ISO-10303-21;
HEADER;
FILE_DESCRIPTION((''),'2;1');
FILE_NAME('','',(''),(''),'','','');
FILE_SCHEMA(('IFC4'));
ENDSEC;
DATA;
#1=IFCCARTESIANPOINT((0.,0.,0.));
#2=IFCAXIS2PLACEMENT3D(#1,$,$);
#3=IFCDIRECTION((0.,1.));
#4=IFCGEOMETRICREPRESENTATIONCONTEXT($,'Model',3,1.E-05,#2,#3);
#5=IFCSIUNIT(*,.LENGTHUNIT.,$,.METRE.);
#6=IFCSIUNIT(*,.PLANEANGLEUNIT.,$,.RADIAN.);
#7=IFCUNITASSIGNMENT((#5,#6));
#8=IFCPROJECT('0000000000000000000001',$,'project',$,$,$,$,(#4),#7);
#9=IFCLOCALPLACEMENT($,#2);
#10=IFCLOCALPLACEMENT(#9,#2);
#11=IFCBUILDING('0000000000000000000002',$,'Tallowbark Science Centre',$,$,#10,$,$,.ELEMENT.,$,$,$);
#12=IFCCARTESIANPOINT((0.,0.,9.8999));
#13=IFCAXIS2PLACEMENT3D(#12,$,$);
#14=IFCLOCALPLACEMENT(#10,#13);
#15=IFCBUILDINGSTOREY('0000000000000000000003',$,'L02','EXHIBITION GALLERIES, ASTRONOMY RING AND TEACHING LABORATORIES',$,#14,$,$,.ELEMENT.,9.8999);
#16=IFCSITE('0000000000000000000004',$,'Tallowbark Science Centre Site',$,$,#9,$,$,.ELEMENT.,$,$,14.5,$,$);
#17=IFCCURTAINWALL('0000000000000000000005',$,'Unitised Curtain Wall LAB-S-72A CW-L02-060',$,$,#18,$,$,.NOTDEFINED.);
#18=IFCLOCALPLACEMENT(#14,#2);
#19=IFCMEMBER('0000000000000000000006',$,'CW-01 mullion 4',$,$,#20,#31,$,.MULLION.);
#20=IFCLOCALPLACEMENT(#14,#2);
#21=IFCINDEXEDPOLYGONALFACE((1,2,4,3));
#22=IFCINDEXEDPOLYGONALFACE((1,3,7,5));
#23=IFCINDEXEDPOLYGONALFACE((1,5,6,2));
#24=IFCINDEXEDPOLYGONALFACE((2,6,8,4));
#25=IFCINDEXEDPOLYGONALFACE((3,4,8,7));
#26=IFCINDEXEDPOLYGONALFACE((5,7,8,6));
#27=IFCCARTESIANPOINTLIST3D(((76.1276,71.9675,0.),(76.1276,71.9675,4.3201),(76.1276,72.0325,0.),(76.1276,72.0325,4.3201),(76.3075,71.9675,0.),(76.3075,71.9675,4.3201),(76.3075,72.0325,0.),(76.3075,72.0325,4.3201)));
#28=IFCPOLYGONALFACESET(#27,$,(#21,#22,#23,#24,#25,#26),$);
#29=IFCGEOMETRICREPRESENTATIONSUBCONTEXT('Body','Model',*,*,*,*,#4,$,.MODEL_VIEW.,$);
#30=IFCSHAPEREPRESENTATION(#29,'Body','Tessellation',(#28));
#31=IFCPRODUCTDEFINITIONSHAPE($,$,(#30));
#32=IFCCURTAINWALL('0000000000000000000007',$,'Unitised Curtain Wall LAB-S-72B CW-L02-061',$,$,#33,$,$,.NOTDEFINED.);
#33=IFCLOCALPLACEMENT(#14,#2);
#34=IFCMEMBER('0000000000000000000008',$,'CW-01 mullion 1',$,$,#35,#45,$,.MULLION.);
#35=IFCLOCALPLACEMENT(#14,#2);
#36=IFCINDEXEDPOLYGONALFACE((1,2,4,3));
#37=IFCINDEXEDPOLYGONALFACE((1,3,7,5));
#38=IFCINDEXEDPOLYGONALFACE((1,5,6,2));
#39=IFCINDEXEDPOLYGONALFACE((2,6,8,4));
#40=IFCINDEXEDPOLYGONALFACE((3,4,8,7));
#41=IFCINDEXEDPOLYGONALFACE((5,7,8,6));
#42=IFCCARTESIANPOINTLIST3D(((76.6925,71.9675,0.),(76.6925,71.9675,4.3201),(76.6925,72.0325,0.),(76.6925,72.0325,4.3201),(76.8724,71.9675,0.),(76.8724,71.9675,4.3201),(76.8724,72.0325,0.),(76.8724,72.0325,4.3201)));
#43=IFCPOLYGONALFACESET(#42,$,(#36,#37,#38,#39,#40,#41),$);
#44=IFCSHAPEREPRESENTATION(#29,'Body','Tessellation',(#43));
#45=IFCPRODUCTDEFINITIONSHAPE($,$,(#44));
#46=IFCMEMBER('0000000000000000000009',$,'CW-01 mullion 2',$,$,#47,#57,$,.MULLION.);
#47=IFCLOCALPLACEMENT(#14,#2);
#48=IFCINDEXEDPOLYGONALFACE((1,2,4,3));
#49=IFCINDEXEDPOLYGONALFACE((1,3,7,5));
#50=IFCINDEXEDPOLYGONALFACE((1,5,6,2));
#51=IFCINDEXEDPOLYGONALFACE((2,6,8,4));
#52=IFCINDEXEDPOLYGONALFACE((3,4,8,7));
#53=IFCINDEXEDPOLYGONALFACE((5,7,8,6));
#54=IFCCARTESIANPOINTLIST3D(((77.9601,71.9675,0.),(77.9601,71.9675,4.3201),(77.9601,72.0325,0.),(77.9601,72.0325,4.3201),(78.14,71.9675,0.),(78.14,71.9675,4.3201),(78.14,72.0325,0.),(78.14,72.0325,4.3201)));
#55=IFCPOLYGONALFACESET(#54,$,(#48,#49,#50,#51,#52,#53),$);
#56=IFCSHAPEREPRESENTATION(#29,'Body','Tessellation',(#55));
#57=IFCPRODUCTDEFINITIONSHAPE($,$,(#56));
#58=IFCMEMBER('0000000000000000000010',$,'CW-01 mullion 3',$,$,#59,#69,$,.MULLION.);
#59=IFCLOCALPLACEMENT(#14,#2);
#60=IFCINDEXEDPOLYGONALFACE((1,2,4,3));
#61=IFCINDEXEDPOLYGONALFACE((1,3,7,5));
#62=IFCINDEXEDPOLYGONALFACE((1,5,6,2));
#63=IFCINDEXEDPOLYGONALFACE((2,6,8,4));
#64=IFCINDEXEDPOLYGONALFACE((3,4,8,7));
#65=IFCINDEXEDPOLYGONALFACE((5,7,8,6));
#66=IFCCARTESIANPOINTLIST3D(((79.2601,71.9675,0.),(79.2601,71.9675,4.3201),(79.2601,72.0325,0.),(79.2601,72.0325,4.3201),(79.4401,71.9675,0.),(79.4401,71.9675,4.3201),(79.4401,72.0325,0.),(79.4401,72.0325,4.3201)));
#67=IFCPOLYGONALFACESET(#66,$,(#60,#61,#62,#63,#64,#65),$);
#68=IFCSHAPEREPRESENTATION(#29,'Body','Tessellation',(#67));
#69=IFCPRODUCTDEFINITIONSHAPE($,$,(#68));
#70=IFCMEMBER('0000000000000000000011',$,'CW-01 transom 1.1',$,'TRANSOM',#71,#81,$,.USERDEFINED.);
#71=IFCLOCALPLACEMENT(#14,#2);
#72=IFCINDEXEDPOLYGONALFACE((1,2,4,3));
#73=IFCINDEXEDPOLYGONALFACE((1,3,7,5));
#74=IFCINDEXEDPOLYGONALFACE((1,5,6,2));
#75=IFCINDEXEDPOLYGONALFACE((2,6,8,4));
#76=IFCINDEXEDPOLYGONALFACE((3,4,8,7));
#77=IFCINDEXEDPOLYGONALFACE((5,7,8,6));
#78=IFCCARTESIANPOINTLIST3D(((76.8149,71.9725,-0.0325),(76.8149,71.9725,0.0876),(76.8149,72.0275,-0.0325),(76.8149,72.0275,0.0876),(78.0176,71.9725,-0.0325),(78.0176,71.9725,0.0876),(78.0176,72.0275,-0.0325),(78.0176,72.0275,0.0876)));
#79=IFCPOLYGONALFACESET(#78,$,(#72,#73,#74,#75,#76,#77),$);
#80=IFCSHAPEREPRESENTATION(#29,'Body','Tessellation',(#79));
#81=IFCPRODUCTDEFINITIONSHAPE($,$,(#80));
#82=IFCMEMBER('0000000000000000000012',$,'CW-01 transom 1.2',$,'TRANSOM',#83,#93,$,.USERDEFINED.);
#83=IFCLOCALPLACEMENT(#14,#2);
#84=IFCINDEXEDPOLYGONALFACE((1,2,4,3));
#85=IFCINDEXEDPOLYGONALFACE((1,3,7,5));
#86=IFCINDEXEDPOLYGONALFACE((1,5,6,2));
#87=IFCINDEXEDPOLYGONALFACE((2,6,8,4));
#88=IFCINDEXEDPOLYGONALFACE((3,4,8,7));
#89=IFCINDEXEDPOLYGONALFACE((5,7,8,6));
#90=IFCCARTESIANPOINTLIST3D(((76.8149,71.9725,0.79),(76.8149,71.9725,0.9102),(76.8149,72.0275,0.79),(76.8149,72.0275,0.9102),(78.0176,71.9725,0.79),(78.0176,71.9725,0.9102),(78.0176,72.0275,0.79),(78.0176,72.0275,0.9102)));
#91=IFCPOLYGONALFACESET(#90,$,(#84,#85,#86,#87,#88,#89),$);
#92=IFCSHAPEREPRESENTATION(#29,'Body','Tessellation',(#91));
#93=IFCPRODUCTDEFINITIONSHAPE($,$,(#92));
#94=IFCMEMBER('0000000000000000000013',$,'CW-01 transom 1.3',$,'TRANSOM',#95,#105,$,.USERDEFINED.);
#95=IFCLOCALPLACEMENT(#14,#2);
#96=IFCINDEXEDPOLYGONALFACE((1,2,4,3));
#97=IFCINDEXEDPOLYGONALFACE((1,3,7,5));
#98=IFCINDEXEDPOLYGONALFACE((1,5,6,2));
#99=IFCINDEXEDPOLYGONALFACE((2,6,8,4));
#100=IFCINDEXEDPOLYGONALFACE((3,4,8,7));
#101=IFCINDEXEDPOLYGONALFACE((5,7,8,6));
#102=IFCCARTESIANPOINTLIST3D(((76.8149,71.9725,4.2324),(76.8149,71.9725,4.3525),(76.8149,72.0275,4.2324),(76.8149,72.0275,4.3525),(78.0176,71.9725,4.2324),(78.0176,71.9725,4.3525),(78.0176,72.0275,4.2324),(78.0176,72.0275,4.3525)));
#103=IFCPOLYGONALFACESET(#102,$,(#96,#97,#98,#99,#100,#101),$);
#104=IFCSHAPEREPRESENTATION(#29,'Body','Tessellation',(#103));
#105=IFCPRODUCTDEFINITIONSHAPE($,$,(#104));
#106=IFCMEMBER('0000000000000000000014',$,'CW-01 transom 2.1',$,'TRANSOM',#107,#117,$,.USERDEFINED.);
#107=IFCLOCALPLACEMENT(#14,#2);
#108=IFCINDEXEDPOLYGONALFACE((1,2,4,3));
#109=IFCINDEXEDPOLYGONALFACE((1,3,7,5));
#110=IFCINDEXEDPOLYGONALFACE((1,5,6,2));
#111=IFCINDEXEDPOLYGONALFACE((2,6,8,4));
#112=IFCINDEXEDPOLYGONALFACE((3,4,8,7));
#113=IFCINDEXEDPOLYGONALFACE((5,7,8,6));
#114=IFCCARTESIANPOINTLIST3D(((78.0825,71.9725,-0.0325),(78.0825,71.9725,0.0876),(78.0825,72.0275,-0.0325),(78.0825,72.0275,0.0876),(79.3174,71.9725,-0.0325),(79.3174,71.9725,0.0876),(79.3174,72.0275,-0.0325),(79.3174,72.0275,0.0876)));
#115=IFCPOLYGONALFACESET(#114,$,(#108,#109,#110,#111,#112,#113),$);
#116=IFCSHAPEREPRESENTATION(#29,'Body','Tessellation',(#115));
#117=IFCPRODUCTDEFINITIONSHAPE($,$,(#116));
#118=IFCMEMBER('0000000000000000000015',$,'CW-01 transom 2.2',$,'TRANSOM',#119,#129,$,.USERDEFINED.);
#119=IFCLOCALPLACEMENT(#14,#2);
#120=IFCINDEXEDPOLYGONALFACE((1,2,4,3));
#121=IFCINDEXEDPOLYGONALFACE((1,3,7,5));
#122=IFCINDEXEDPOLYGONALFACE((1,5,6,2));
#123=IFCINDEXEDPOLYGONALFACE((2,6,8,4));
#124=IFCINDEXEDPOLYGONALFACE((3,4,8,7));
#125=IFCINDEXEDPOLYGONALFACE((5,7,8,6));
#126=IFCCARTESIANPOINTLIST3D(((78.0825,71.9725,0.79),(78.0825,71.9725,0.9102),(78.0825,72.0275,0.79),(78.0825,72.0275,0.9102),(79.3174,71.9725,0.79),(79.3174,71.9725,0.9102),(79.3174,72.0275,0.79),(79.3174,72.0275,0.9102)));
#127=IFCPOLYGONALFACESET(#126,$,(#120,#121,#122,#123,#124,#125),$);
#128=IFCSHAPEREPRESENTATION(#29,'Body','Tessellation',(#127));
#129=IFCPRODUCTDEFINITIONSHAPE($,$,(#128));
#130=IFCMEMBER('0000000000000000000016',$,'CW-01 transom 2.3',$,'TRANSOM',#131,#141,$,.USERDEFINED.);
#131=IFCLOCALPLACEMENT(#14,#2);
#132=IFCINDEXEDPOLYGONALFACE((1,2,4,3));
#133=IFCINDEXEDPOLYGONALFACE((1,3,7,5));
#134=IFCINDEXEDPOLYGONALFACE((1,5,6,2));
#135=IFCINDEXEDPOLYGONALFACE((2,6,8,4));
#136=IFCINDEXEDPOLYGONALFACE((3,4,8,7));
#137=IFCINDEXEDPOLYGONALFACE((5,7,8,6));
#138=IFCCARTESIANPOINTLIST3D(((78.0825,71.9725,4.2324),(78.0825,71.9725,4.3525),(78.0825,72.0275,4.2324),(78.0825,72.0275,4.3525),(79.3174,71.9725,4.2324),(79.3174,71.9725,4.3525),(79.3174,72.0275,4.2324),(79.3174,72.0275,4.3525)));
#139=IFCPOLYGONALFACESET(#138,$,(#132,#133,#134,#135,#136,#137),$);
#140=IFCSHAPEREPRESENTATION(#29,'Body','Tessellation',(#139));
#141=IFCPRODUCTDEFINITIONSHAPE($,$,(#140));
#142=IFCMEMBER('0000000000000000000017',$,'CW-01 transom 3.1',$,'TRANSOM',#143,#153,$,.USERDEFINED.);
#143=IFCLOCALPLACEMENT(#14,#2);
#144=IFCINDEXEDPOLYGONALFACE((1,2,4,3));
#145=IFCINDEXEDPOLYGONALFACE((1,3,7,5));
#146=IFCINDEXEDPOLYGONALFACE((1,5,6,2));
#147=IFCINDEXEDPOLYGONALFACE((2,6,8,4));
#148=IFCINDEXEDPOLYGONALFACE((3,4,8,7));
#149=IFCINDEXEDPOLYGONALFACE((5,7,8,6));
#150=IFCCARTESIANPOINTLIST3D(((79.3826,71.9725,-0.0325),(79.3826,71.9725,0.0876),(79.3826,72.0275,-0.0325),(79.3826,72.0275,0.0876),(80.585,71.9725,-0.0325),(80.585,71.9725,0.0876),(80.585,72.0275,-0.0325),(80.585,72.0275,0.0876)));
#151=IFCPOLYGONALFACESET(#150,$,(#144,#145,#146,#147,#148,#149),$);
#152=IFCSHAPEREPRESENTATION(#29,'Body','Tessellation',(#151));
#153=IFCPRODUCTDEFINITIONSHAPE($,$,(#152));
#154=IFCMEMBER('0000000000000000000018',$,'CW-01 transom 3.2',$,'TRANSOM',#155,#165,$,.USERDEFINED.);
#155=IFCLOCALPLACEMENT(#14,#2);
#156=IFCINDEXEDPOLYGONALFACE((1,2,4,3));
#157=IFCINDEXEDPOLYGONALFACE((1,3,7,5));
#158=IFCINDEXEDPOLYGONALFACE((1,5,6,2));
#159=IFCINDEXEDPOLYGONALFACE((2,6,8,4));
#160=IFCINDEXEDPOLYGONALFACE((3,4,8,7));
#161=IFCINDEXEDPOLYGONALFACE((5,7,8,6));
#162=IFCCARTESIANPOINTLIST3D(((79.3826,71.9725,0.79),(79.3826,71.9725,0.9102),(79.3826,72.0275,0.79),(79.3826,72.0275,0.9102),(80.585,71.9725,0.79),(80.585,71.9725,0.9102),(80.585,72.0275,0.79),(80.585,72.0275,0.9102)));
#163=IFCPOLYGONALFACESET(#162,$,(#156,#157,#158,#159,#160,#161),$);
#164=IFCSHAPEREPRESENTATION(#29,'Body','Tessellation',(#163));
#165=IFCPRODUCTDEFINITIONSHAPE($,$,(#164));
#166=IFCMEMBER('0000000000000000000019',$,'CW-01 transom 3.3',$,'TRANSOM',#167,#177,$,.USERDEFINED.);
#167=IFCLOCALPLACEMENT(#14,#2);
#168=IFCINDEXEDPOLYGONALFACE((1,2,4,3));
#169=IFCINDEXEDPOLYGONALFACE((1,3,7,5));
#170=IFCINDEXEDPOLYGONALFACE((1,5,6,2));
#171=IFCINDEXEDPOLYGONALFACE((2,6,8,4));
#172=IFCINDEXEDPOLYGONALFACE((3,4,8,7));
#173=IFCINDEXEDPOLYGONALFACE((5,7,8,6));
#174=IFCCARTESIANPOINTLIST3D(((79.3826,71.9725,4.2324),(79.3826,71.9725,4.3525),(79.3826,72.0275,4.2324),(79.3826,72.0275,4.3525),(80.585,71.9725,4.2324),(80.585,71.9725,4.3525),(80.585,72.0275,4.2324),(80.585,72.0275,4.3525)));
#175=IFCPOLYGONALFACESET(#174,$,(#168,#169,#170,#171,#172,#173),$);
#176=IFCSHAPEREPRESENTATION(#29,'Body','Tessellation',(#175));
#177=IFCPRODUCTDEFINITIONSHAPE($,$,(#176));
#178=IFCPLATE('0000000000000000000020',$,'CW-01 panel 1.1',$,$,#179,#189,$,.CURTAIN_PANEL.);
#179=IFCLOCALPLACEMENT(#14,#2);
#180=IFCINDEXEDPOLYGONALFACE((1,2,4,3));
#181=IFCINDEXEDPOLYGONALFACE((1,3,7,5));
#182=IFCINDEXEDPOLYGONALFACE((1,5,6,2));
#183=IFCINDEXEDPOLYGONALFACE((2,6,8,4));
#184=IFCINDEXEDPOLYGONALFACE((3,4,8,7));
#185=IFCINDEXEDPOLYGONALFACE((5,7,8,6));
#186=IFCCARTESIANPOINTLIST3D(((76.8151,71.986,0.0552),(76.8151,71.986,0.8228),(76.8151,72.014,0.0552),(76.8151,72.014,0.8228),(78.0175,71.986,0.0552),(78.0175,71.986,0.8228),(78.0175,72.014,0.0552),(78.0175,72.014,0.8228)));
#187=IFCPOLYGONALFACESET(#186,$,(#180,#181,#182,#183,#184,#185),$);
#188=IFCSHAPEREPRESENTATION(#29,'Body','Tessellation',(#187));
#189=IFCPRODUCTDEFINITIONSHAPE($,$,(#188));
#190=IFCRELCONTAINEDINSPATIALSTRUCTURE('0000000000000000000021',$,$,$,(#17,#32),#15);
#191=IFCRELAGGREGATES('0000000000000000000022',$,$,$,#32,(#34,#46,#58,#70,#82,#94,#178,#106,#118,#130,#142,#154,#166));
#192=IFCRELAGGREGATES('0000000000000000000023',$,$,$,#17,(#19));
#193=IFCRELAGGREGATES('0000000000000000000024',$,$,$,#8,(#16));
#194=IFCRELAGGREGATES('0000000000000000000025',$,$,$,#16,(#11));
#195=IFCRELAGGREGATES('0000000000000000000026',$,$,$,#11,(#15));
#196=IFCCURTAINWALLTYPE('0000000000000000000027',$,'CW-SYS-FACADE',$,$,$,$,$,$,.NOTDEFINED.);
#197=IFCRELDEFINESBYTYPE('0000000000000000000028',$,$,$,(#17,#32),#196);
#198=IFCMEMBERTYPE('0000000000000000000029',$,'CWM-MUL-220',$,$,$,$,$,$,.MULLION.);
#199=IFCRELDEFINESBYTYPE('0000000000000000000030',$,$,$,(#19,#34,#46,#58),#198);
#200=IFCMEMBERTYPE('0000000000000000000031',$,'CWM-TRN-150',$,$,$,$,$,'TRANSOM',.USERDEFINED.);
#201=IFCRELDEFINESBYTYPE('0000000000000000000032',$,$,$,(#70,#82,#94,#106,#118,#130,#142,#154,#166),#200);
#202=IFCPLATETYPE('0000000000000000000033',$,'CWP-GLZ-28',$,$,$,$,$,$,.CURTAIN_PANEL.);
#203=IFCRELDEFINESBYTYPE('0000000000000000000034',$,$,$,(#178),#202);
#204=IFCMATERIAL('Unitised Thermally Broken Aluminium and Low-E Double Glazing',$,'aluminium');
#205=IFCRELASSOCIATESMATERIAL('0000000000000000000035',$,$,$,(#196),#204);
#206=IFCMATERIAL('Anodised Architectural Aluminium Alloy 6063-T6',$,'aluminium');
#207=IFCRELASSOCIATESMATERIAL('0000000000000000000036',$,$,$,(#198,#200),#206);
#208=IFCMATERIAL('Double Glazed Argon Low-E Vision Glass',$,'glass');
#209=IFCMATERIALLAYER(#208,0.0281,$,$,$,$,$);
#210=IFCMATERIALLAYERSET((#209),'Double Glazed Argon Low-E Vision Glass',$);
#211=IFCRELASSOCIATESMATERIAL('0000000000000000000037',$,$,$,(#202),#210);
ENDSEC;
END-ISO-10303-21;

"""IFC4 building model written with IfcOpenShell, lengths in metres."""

from ifc_helpers import new_model, si_unit, direction, frame, origin, origin_2d, place, context, subcontext, project, spatial, rectangle, extrude, material, layer, layer_set, material_profile, profile_set, type_object, element, aggregate, save


model = new_model("IFC4")

# Units and contexts
model_context = context("Model", 3, precision=1e-05, world=origin(), true_north=direction((0.0, 1.0)))
body_context = subcontext(model_context, "Body", "Model", "MODEL_VIEW")
ifc_project = project(units=[si_unit("LENGTHUNIT", "METRE"), si_unit("PLANEANGLEUNIT", "RADIAN")], contexts=[model_context])

# Site, building, storey
site_placement = place(None, origin())
site = spatial("IfcSite", under=ifc_project, at=site_placement, Name="Tallowbark Science Centre Site", CompositionType="ELEMENT", RefElevation=14.5)
building_placement = place(site_placement, origin())
building = spatial("IfcBuilding", under=site, at=building_placement, Name="Tallowbark Science Centre", CompositionType="ELEMENT")
storey_placement = place(building_placement, frame((0.0, 0.0, 9.8999)))
storey = spatial("IfcBuildingStorey", under=building, at=storey_placement, Name="L02", Description="EXHIBITION GALLERIES, ASTRONOMY RING AND TEACHING LABORATORIES", CompositionType="ELEMENT", Elevation=9.8999)

# Curtain wall, member
ifc_material_1 = material(Name="Unitised Thermally Broken Aluminium and Low-E Double Glazing", Category="aluminium")
curtain_wall_type = type_object("IfcCurtainWallType", Name="CW-SYS-FACADE", PredefinedType="NOTDEFINED", material=ifc_material_1)
curtain_wall_1_placement = place(storey_placement, origin())
curtain_wall_1 = element("IfcCurtainWall", 1, at=curtain_wall_1_placement, inside=storey, type_object=curtain_wall_type, Name="Unitised Curtain Wall LAB-S-72A CW-L02-060", PredefinedType="NOTDEFINED")
ifc_material_2 = material(Name="Anodised Architectural Aluminium Alloy 6063-T6", Category="aluminium")
ifc_material_profile_1 = material_profile(ifc_material_2, rectangle(XDim=0.0649, YDim=0.1799, at=origin_2d()), Name="ALU65x180")
ifc_profile_set_1 = profile_set([ifc_material_profile_1], Name="Anodised Architectural Aluminium Alloy 6063-T6")
member_type_1 = type_object("IfcMemberType", Name="CWM-MUL-220", PredefinedType="MULLION", material=ifc_profile_set_1)
member_1_placement = place(storey_placement, frame((76.2175, 72.0, 0.0), z_axis=(0.0, 0.0, 1.0), x_axis=(0.0, 1.0, 0.0)))
member_1 = element("IfcMember", 2, at=member_1_placement, type_object=member_type_1, Name="CW-01 mullion 4", PredefinedType="MULLION", context=body_context, shape_type="SweptSolid", body=[
    extrude(rectangle(XDim=0.0649, YDim=0.1799, at=origin_2d()), origin(), (0.0, 0.0, 1.0), 4.3201),
])

# Curtain wall, members, plate
curtain_wall_2_placement = place(storey_placement, origin())
curtain_wall_2 = element("IfcCurtainWall", 3, at=curtain_wall_2_placement, inside=storey, type_object=curtain_wall_type, Name="Unitised Curtain Wall LAB-S-72B CW-L02-061", PredefinedType="NOTDEFINED")
member_2_placement = place(storey_placement, frame((76.7825, 72.0, 0.0), z_axis=(0.0, 0.0, 1.0), x_axis=(0.0, 1.0, 0.0)))
member_2 = element("IfcMember", 4, at=member_2_placement, type_object=member_type_1, Name="CW-01 mullion 1", PredefinedType="MULLION", context=body_context, shape_type="SweptSolid", body=[
    extrude(rectangle(XDim=0.0649, YDim=0.1799, at=origin_2d()), origin(), (0.0, 0.0, 1.0), 4.3201),
])
member_3_placement = place(storey_placement, frame((78.05, 72.0, 0.0), z_axis=(0.0, 0.0, 1.0), x_axis=(0.0, 1.0, 0.0)))
member_3 = element("IfcMember", 5, at=member_3_placement, type_object=member_type_1, Name="CW-01 mullion 2", PredefinedType="MULLION", context=body_context, shape_type="SweptSolid", body=[
    extrude(rectangle(XDim=0.0649, YDim=0.1799, at=origin_2d()), origin(), (0.0, 0.0, 1.0), 4.3201),
])
member_4_placement = place(storey_placement, frame((79.3501, 72.0, 0.0), z_axis=(0.0, 0.0, 1.0), x_axis=(0.0, 1.0, 0.0)))
member_4 = element("IfcMember", 6, at=member_4_placement, type_object=member_type_1, Name="CW-01 mullion 3", PredefinedType="MULLION", context=body_context, shape_type="SweptSolid", body=[
    extrude(rectangle(XDim=0.0649, YDim=0.1799, at=origin_2d()), origin(), (0.0, 0.0, 1.0), 4.3201),
])
ifc_material_profile_2 = material_profile(ifc_material_2, rectangle(XDim=0.0549, YDim=0.1201, at=origin_2d()), Name="ALU55x120")
ifc_profile_set_2 = profile_set([ifc_material_profile_2], Name="Anodised Architectural Aluminium Alloy 6063-T6")
member_type_2 = type_object("IfcMemberType", Name="CWM-TRN-150", ElementType="TRANSOM", PredefinedType="USERDEFINED", material=ifc_profile_set_2)
member_5_placement = place(storey_placement, frame((76.8149, 72.0, 0.0276), z_axis=(1.0, 0.0, 0.0), x_axis=(0.0, 1.0, 0.0)))
member_5 = element("IfcMember", 7, at=member_5_placement, type_object=member_type_2, Name="CW-01 transom 1.1", ObjectType="TRANSOM", PredefinedType="USERDEFINED", context=body_context, shape_type="SweptSolid", body=[
    extrude(rectangle(XDim=0.0549, YDim=0.1201, at=origin_2d()), origin(), (0.0, 0.0, 1.0), 1.2026),
])
member_6_placement = place(storey_placement, frame((76.8149, 72.0, 0.8501), z_axis=(1.0, 0.0, 0.0), x_axis=(0.0, 1.0, 0.0)))
member_6 = element("IfcMember", 8, at=member_6_placement, type_object=member_type_2, Name="CW-01 transom 1.2", ObjectType="TRANSOM", PredefinedType="USERDEFINED", context=body_context, shape_type="SweptSolid", body=[
    extrude(rectangle(XDim=0.0549, YDim=0.1201, at=origin_2d()), origin(), (0.0, 0.0, 1.0), 1.2026),
])
member_7_placement = place(storey_placement, frame((76.8149, 72.0, 4.2925), z_axis=(1.0, 0.0, 0.0), x_axis=(0.0, 1.0, 0.0)))
member_7 = element("IfcMember", 9, at=member_7_placement, type_object=member_type_2, Name="CW-01 transom 1.3", ObjectType="TRANSOM", PredefinedType="USERDEFINED", context=body_context, shape_type="SweptSolid", body=[
    extrude(rectangle(XDim=0.0549, YDim=0.1201, at=origin_2d()), origin(), (0.0, 0.0, 1.0), 1.2026),
])
member_8_placement = place(storey_placement, frame((78.0825, 72.0, 0.0276), z_axis=(1.0, 0.0, 0.0), x_axis=(0.0, 1.0, 0.0)))
member_8 = element("IfcMember", 10, at=member_8_placement, type_object=member_type_2, Name="CW-01 transom 2.1", ObjectType="TRANSOM", PredefinedType="USERDEFINED", context=body_context, shape_type="SweptSolid", body=[
    extrude(rectangle(XDim=0.0549, YDim=0.1201, at=origin_2d()), origin(), (0.0, 0.0, 1.0), 1.2349),
])
member_9_placement = place(storey_placement, frame((78.0825, 72.0, 0.8501), z_axis=(1.0, 0.0, 0.0), x_axis=(0.0, 1.0, 0.0)))
member_9 = element("IfcMember", 11, at=member_9_placement, type_object=member_type_2, Name="CW-01 transom 2.2", ObjectType="TRANSOM", PredefinedType="USERDEFINED", context=body_context, shape_type="SweptSolid", body=[
    extrude(rectangle(XDim=0.0549, YDim=0.1201, at=origin_2d()), origin(), (0.0, 0.0, 1.0), 1.2349),
])
member_10_placement = place(storey_placement, frame((78.0825, 72.0, 4.2925), z_axis=(1.0, 0.0, 0.0), x_axis=(0.0, 1.0, 0.0)))
member_10 = element("IfcMember", 12, at=member_10_placement, type_object=member_type_2, Name="CW-01 transom 2.3", ObjectType="TRANSOM", PredefinedType="USERDEFINED", context=body_context, shape_type="SweptSolid", body=[
    extrude(rectangle(XDim=0.0549, YDim=0.1201, at=origin_2d()), origin(), (0.0, 0.0, 1.0), 1.2349),
])
member_11_placement = place(storey_placement, frame((79.3826, 72.0, 0.0276), z_axis=(1.0, 0.0, 0.0), x_axis=(0.0, 1.0, 0.0)))
member_11 = element("IfcMember", 13, at=member_11_placement, type_object=member_type_2, Name="CW-01 transom 3.1", ObjectType="TRANSOM", PredefinedType="USERDEFINED", context=body_context, shape_type="SweptSolid", body=[
    extrude(rectangle(XDim=0.0549, YDim=0.1201, at=origin_2d()), origin(), (0.0, 0.0, 1.0), 1.2024),
])
member_12_placement = place(storey_placement, frame((79.3826, 72.0, 0.8501), z_axis=(1.0, 0.0, 0.0), x_axis=(0.0, 1.0, 0.0)))
member_12 = element("IfcMember", 14, at=member_12_placement, type_object=member_type_2, Name="CW-01 transom 3.2", ObjectType="TRANSOM", PredefinedType="USERDEFINED", context=body_context, shape_type="SweptSolid", body=[
    extrude(rectangle(XDim=0.0549, YDim=0.1201, at=origin_2d()), origin(), (0.0, 0.0, 1.0), 1.2024),
])
member_13_placement = place(storey_placement, frame((79.3826, 72.0, 4.2925), z_axis=(1.0, 0.0, 0.0), x_axis=(0.0, 1.0, 0.0)))
member_13 = element("IfcMember", 15, at=member_13_placement, type_object=member_type_2, Name="CW-01 transom 3.3", ObjectType="TRANSOM", PredefinedType="USERDEFINED", context=body_context, shape_type="SweptSolid", body=[
    extrude(rectangle(XDim=0.0549, YDim=0.1201, at=origin_2d()), origin(), (0.0, 0.0, 1.0), 1.2024),
])
ifc_material_3 = material(Name="Double Glazed Argon Low-E Vision Glass", Category="glass")
ifc_layer_1 = layer(ifc_material_3, 0.0281)
ifc_layer_set_1 = layer_set([ifc_layer_1], Name="Double Glazed Argon Low-E Vision Glass")
plate_type_1 = type_object("IfcPlateType", Name="CWP-GLZ-28", PredefinedType="CURTAIN_PANEL", material=ifc_layer_set_1)
plate_1_placement = place(storey_placement, frame((77.4163, 72.0, 0.0552), z_axis=(0.0, 0.0, 1.0), x_axis=(1.0, 0.0, 0.0)))
plate_1 = element("IfcPlate", 16, at=plate_1_placement, type_object=plate_type_1, Name="CW-01 panel 1.1", PredefinedType="CURTAIN_PANEL", context=body_context, shape_type="SweptSolid", body=[
    extrude(rectangle(XDim=1.2024, YDim=0.0281, at=origin_2d()), origin(), (0.0, 0.0, 1.0), 0.7676),
])
aggregate(curtain_wall_2, [member_2, member_3, member_4, member_5, member_6, member_7, plate_1, member_8, member_9, member_10, member_11, member_12, member_13])

aggregate(curtain_wall_1, [member_1])

save(model, "model.ifc")
